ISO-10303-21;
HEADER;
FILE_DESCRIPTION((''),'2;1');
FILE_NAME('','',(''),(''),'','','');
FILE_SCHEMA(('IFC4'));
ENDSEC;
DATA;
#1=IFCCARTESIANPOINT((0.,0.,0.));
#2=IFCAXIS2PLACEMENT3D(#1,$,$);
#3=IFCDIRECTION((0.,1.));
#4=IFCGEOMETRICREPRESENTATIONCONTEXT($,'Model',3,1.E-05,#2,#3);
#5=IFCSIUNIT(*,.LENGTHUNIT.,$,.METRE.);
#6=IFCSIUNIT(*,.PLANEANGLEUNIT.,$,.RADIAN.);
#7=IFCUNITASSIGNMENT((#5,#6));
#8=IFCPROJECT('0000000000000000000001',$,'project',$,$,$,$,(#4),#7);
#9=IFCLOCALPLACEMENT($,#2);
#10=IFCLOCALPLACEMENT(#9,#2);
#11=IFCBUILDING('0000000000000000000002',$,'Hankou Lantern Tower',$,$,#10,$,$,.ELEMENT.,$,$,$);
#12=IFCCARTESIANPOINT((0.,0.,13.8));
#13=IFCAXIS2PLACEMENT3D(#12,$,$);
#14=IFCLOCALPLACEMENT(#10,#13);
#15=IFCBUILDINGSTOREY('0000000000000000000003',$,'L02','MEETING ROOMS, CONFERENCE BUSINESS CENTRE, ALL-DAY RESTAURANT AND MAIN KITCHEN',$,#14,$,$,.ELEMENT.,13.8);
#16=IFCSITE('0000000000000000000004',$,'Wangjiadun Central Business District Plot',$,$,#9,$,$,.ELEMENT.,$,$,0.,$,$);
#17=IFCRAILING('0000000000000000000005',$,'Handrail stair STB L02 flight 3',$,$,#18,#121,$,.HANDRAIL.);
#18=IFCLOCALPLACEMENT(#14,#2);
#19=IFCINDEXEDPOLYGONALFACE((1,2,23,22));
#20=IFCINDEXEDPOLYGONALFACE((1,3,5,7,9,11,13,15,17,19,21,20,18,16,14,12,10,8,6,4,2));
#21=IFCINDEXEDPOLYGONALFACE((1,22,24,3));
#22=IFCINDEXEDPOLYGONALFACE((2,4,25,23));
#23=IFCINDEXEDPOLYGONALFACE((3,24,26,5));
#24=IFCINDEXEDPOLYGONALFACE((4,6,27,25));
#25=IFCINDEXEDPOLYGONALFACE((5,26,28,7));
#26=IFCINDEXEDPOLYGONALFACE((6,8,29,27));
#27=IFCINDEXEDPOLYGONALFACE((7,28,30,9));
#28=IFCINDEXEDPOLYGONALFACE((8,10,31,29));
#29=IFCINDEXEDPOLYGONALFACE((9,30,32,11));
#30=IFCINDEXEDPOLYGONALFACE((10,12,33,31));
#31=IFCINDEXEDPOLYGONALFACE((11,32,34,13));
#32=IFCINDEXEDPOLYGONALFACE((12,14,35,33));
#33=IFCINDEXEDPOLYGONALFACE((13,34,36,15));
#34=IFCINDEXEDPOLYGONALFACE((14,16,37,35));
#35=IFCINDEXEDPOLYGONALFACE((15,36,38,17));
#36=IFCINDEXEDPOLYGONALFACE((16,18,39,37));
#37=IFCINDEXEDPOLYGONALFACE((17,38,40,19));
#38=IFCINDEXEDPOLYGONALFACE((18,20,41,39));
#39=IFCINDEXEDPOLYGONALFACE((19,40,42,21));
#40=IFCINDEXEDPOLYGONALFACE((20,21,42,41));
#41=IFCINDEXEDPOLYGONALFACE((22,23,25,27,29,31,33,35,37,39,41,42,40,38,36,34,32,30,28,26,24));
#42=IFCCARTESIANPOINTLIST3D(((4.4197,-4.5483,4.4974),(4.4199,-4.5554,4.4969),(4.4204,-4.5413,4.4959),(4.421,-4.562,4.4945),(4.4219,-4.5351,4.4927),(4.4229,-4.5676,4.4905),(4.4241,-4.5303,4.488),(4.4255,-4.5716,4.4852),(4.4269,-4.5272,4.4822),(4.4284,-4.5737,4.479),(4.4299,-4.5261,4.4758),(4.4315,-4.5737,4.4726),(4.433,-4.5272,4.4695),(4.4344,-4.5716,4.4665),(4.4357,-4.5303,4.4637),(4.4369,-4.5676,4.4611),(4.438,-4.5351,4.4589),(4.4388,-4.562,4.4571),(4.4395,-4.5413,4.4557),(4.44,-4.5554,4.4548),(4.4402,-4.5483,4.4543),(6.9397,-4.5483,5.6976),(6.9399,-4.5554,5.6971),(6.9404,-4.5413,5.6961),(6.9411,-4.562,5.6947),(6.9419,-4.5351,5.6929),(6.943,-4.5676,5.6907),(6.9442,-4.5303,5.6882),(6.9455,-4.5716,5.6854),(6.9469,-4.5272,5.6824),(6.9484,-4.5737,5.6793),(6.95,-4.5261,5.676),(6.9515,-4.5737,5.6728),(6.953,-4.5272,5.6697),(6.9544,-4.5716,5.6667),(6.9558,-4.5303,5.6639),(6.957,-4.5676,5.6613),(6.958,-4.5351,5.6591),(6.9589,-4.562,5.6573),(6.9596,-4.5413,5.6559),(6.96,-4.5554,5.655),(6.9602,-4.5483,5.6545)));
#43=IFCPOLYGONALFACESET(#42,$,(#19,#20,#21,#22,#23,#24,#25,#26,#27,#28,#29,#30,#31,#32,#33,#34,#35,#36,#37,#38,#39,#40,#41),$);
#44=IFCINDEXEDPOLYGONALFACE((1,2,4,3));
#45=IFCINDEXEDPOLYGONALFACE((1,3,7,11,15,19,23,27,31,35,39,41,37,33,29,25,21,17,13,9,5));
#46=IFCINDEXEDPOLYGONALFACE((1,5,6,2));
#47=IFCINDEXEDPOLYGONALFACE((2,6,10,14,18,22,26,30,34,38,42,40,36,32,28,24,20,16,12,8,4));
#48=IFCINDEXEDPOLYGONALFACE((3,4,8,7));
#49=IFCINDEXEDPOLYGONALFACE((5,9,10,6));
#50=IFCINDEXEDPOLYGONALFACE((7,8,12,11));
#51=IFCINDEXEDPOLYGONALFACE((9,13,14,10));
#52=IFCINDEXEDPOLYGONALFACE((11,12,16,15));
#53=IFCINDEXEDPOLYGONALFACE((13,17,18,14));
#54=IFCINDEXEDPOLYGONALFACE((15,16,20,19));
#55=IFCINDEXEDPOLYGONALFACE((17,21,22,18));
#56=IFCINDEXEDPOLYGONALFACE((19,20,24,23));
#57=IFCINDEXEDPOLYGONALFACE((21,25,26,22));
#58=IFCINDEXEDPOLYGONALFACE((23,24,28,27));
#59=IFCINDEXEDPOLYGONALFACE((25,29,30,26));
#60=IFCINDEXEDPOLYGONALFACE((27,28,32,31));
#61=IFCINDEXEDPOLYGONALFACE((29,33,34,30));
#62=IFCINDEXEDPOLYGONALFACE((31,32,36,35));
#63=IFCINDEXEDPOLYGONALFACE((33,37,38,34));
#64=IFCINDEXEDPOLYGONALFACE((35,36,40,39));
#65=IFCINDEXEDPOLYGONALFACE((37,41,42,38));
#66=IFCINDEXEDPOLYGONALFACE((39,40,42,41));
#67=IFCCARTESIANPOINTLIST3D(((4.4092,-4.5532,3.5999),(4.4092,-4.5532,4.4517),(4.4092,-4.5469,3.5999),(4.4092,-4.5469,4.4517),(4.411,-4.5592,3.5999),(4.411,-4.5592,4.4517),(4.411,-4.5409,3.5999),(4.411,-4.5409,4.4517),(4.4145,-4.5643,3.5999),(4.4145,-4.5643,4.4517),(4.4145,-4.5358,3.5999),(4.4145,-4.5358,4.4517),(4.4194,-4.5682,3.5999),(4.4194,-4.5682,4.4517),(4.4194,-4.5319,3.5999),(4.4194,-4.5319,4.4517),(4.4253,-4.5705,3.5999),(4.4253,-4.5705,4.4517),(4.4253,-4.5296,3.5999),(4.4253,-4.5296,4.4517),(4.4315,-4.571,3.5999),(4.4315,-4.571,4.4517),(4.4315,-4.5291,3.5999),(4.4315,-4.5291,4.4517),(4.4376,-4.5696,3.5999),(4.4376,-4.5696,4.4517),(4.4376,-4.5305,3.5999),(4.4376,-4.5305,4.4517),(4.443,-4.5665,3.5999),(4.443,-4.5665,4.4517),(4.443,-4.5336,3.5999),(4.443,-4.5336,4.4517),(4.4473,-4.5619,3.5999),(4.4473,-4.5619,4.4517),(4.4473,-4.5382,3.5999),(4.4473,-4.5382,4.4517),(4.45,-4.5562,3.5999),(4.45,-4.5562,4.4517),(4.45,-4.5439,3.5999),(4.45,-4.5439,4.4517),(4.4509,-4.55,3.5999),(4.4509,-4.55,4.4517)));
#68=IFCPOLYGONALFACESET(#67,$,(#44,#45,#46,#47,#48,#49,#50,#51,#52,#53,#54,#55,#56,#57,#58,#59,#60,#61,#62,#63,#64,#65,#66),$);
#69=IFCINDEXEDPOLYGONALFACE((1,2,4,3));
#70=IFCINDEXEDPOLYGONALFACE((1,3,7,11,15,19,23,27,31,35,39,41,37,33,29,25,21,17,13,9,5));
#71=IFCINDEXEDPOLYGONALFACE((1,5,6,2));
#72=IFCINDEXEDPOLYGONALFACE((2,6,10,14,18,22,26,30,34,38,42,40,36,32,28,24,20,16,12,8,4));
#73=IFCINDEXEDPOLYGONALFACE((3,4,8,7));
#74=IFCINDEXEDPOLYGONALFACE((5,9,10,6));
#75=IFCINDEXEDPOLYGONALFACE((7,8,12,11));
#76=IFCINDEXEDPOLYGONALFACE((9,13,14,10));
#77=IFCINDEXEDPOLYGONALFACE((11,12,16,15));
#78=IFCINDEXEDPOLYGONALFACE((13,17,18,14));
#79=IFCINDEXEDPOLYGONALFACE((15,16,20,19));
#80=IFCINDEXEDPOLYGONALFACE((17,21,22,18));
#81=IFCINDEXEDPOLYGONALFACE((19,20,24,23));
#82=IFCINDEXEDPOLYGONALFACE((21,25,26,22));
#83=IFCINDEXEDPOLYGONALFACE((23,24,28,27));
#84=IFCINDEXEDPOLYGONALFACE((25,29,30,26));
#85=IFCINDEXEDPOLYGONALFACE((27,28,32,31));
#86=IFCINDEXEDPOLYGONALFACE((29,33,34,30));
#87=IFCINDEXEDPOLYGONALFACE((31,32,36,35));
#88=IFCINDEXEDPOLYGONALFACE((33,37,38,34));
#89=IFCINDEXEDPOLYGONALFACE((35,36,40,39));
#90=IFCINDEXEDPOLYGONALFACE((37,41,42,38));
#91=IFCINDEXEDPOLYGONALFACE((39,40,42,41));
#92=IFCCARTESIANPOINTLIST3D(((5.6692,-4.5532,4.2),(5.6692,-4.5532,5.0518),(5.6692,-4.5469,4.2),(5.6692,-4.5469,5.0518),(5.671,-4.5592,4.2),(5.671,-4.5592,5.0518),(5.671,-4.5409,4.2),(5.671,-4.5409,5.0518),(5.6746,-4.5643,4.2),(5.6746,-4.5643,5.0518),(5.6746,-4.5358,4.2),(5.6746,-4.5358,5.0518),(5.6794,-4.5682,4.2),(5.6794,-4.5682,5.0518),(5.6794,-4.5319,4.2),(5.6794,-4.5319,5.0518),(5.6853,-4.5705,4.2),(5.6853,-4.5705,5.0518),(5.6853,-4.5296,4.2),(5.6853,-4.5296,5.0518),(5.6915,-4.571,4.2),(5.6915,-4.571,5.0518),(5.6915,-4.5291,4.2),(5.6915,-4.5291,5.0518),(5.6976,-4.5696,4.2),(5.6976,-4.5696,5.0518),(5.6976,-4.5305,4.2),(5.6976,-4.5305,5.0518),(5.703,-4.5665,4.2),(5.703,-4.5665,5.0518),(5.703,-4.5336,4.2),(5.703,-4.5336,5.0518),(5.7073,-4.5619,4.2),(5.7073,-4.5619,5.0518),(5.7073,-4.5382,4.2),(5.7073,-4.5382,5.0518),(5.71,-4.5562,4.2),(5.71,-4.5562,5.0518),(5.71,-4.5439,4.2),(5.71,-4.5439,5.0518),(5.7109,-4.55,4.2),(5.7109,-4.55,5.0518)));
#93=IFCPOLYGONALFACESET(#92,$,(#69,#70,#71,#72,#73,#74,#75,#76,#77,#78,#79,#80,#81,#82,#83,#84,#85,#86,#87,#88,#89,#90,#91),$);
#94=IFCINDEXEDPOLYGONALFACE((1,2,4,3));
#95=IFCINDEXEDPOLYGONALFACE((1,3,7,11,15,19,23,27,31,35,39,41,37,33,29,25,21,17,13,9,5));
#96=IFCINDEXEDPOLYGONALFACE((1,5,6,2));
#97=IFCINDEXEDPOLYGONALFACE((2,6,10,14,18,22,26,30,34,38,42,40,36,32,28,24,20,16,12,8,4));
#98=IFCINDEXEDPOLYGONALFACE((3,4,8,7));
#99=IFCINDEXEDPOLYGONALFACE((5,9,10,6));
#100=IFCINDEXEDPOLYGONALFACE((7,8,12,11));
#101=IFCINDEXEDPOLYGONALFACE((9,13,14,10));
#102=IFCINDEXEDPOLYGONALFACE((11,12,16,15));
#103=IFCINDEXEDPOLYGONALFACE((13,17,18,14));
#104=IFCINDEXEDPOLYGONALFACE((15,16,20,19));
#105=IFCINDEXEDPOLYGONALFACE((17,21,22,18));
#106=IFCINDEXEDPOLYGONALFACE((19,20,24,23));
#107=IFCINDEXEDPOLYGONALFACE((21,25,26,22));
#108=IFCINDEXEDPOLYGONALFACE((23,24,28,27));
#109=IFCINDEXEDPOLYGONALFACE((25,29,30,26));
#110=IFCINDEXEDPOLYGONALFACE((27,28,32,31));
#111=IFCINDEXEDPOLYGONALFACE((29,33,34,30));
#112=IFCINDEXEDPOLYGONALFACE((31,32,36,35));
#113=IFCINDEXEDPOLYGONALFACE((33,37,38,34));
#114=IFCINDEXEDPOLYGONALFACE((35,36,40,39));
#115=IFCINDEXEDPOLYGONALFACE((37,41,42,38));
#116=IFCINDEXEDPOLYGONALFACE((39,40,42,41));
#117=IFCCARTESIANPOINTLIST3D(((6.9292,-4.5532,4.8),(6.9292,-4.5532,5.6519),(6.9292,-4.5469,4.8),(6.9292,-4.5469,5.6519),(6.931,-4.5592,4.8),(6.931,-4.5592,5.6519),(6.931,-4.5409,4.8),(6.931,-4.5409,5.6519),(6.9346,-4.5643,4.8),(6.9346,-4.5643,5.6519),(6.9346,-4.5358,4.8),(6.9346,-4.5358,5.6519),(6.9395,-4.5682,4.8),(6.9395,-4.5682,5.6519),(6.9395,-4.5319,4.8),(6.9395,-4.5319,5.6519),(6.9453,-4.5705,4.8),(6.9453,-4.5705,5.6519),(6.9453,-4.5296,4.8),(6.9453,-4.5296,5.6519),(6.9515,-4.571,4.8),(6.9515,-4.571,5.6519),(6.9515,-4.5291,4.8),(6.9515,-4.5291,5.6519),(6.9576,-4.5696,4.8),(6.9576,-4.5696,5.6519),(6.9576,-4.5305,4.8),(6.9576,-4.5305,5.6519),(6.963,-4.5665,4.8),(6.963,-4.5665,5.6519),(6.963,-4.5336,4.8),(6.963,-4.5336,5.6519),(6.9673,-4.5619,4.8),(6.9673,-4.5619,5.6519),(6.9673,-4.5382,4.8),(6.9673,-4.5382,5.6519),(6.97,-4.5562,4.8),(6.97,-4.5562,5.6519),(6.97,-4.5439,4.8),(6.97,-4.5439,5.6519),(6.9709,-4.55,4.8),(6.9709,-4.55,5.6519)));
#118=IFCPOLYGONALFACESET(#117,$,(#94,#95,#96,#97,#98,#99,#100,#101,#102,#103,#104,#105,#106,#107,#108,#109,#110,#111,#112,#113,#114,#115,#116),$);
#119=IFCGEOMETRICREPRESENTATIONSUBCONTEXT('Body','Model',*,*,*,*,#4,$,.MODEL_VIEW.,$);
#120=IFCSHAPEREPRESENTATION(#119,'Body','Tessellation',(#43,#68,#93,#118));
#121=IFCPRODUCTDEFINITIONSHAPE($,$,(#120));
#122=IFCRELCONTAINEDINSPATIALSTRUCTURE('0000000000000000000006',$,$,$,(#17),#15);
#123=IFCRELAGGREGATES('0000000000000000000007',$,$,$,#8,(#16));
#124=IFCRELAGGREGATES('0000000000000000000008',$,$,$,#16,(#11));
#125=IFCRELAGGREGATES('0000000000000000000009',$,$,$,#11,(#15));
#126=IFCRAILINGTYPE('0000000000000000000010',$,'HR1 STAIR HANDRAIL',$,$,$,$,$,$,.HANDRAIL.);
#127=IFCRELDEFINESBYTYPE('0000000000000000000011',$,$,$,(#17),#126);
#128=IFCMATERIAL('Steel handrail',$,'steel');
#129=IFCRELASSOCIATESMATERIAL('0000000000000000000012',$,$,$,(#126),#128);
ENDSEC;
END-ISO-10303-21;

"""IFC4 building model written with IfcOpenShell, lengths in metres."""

from ifc_helpers import new_model, si_unit, direction, frame, origin, origin_2d, place, context, subcontext, project, spatial, circle, extrude, material, type_object, element, save


model = new_model("IFC4")

# Units and contexts
model_context = context("Model", 3, precision=1e-05, world=origin(), true_north=direction((0.0, 1.0)))
body_context = subcontext(model_context, "Body", "Model", "MODEL_VIEW")
ifc_project = project(units=[si_unit("LENGTHUNIT", "METRE"), si_unit("PLANEANGLEUNIT", "RADIAN")], contexts=[model_context])

# Site, building, storey
site_placement = place(None, origin())
site = spatial("IfcSite", under=ifc_project, at=site_placement, Name="Wangjiadun Central Business District Plot", CompositionType="ELEMENT", RefElevation=0.0)
building_placement = place(site_placement, origin())
building = spatial("IfcBuilding", under=site, at=building_placement, Name="Hankou Lantern Tower", CompositionType="ELEMENT")
storey_placement = place(building_placement, frame((0.0, 0.0, 13.8)))
storey = spatial("IfcBuildingStorey", under=building, at=storey_placement, Name="L02", Description="MEETING ROOMS, CONFERENCE BUSINESS CENTRE, ALL-DAY RESTAURANT AND MAIN KITCHEN", CompositionType="ELEMENT", Elevation=13.8)

# Railing
ifc_material_1 = material(Name="Steel handrail", Category="steel")
railing_type = type_object("IfcRailingType", Name="HR1 STAIR HANDRAIL", PredefinedType="HANDRAIL", material=ifc_material_1)
railing_1_placement = place(storey_placement, frame((4.4299, -4.55, 3.5999)))
element("IfcRailing", 1, at=railing_1_placement, inside=storey, type_object=railing_type, Name="Handrail stair STB L02 flight 3", PredefinedType="HANDRAIL", context=body_context, shape_type="SweptSolid", body=[
    extrude(circle(Radius=0.0239, at=origin_2d()), frame((0.0, 0.0, 0.876), z_axis=(0.902835, 0.0, 0.429988), x_axis=(0.0, 1.0, 0.0)), (0.0, 0.0, 1.0), 2.7913),
    extrude(circle(Radius=0.021, at=origin_2d()), origin(), (0.0, 0.0, 1.0), 0.8518),
    extrude(circle(Radius=0.021, at=origin_2d()), frame((1.26, 0.0, 0.6001)), (0.0, 0.0, 1.0), 0.8518),
    extrude(circle(Radius=0.021, at=origin_2d()), frame((2.52, 0.0, 1.2002)), (0.0, 0.0, 1.0), 0.8518),
])

save(model, "model.ifc")
